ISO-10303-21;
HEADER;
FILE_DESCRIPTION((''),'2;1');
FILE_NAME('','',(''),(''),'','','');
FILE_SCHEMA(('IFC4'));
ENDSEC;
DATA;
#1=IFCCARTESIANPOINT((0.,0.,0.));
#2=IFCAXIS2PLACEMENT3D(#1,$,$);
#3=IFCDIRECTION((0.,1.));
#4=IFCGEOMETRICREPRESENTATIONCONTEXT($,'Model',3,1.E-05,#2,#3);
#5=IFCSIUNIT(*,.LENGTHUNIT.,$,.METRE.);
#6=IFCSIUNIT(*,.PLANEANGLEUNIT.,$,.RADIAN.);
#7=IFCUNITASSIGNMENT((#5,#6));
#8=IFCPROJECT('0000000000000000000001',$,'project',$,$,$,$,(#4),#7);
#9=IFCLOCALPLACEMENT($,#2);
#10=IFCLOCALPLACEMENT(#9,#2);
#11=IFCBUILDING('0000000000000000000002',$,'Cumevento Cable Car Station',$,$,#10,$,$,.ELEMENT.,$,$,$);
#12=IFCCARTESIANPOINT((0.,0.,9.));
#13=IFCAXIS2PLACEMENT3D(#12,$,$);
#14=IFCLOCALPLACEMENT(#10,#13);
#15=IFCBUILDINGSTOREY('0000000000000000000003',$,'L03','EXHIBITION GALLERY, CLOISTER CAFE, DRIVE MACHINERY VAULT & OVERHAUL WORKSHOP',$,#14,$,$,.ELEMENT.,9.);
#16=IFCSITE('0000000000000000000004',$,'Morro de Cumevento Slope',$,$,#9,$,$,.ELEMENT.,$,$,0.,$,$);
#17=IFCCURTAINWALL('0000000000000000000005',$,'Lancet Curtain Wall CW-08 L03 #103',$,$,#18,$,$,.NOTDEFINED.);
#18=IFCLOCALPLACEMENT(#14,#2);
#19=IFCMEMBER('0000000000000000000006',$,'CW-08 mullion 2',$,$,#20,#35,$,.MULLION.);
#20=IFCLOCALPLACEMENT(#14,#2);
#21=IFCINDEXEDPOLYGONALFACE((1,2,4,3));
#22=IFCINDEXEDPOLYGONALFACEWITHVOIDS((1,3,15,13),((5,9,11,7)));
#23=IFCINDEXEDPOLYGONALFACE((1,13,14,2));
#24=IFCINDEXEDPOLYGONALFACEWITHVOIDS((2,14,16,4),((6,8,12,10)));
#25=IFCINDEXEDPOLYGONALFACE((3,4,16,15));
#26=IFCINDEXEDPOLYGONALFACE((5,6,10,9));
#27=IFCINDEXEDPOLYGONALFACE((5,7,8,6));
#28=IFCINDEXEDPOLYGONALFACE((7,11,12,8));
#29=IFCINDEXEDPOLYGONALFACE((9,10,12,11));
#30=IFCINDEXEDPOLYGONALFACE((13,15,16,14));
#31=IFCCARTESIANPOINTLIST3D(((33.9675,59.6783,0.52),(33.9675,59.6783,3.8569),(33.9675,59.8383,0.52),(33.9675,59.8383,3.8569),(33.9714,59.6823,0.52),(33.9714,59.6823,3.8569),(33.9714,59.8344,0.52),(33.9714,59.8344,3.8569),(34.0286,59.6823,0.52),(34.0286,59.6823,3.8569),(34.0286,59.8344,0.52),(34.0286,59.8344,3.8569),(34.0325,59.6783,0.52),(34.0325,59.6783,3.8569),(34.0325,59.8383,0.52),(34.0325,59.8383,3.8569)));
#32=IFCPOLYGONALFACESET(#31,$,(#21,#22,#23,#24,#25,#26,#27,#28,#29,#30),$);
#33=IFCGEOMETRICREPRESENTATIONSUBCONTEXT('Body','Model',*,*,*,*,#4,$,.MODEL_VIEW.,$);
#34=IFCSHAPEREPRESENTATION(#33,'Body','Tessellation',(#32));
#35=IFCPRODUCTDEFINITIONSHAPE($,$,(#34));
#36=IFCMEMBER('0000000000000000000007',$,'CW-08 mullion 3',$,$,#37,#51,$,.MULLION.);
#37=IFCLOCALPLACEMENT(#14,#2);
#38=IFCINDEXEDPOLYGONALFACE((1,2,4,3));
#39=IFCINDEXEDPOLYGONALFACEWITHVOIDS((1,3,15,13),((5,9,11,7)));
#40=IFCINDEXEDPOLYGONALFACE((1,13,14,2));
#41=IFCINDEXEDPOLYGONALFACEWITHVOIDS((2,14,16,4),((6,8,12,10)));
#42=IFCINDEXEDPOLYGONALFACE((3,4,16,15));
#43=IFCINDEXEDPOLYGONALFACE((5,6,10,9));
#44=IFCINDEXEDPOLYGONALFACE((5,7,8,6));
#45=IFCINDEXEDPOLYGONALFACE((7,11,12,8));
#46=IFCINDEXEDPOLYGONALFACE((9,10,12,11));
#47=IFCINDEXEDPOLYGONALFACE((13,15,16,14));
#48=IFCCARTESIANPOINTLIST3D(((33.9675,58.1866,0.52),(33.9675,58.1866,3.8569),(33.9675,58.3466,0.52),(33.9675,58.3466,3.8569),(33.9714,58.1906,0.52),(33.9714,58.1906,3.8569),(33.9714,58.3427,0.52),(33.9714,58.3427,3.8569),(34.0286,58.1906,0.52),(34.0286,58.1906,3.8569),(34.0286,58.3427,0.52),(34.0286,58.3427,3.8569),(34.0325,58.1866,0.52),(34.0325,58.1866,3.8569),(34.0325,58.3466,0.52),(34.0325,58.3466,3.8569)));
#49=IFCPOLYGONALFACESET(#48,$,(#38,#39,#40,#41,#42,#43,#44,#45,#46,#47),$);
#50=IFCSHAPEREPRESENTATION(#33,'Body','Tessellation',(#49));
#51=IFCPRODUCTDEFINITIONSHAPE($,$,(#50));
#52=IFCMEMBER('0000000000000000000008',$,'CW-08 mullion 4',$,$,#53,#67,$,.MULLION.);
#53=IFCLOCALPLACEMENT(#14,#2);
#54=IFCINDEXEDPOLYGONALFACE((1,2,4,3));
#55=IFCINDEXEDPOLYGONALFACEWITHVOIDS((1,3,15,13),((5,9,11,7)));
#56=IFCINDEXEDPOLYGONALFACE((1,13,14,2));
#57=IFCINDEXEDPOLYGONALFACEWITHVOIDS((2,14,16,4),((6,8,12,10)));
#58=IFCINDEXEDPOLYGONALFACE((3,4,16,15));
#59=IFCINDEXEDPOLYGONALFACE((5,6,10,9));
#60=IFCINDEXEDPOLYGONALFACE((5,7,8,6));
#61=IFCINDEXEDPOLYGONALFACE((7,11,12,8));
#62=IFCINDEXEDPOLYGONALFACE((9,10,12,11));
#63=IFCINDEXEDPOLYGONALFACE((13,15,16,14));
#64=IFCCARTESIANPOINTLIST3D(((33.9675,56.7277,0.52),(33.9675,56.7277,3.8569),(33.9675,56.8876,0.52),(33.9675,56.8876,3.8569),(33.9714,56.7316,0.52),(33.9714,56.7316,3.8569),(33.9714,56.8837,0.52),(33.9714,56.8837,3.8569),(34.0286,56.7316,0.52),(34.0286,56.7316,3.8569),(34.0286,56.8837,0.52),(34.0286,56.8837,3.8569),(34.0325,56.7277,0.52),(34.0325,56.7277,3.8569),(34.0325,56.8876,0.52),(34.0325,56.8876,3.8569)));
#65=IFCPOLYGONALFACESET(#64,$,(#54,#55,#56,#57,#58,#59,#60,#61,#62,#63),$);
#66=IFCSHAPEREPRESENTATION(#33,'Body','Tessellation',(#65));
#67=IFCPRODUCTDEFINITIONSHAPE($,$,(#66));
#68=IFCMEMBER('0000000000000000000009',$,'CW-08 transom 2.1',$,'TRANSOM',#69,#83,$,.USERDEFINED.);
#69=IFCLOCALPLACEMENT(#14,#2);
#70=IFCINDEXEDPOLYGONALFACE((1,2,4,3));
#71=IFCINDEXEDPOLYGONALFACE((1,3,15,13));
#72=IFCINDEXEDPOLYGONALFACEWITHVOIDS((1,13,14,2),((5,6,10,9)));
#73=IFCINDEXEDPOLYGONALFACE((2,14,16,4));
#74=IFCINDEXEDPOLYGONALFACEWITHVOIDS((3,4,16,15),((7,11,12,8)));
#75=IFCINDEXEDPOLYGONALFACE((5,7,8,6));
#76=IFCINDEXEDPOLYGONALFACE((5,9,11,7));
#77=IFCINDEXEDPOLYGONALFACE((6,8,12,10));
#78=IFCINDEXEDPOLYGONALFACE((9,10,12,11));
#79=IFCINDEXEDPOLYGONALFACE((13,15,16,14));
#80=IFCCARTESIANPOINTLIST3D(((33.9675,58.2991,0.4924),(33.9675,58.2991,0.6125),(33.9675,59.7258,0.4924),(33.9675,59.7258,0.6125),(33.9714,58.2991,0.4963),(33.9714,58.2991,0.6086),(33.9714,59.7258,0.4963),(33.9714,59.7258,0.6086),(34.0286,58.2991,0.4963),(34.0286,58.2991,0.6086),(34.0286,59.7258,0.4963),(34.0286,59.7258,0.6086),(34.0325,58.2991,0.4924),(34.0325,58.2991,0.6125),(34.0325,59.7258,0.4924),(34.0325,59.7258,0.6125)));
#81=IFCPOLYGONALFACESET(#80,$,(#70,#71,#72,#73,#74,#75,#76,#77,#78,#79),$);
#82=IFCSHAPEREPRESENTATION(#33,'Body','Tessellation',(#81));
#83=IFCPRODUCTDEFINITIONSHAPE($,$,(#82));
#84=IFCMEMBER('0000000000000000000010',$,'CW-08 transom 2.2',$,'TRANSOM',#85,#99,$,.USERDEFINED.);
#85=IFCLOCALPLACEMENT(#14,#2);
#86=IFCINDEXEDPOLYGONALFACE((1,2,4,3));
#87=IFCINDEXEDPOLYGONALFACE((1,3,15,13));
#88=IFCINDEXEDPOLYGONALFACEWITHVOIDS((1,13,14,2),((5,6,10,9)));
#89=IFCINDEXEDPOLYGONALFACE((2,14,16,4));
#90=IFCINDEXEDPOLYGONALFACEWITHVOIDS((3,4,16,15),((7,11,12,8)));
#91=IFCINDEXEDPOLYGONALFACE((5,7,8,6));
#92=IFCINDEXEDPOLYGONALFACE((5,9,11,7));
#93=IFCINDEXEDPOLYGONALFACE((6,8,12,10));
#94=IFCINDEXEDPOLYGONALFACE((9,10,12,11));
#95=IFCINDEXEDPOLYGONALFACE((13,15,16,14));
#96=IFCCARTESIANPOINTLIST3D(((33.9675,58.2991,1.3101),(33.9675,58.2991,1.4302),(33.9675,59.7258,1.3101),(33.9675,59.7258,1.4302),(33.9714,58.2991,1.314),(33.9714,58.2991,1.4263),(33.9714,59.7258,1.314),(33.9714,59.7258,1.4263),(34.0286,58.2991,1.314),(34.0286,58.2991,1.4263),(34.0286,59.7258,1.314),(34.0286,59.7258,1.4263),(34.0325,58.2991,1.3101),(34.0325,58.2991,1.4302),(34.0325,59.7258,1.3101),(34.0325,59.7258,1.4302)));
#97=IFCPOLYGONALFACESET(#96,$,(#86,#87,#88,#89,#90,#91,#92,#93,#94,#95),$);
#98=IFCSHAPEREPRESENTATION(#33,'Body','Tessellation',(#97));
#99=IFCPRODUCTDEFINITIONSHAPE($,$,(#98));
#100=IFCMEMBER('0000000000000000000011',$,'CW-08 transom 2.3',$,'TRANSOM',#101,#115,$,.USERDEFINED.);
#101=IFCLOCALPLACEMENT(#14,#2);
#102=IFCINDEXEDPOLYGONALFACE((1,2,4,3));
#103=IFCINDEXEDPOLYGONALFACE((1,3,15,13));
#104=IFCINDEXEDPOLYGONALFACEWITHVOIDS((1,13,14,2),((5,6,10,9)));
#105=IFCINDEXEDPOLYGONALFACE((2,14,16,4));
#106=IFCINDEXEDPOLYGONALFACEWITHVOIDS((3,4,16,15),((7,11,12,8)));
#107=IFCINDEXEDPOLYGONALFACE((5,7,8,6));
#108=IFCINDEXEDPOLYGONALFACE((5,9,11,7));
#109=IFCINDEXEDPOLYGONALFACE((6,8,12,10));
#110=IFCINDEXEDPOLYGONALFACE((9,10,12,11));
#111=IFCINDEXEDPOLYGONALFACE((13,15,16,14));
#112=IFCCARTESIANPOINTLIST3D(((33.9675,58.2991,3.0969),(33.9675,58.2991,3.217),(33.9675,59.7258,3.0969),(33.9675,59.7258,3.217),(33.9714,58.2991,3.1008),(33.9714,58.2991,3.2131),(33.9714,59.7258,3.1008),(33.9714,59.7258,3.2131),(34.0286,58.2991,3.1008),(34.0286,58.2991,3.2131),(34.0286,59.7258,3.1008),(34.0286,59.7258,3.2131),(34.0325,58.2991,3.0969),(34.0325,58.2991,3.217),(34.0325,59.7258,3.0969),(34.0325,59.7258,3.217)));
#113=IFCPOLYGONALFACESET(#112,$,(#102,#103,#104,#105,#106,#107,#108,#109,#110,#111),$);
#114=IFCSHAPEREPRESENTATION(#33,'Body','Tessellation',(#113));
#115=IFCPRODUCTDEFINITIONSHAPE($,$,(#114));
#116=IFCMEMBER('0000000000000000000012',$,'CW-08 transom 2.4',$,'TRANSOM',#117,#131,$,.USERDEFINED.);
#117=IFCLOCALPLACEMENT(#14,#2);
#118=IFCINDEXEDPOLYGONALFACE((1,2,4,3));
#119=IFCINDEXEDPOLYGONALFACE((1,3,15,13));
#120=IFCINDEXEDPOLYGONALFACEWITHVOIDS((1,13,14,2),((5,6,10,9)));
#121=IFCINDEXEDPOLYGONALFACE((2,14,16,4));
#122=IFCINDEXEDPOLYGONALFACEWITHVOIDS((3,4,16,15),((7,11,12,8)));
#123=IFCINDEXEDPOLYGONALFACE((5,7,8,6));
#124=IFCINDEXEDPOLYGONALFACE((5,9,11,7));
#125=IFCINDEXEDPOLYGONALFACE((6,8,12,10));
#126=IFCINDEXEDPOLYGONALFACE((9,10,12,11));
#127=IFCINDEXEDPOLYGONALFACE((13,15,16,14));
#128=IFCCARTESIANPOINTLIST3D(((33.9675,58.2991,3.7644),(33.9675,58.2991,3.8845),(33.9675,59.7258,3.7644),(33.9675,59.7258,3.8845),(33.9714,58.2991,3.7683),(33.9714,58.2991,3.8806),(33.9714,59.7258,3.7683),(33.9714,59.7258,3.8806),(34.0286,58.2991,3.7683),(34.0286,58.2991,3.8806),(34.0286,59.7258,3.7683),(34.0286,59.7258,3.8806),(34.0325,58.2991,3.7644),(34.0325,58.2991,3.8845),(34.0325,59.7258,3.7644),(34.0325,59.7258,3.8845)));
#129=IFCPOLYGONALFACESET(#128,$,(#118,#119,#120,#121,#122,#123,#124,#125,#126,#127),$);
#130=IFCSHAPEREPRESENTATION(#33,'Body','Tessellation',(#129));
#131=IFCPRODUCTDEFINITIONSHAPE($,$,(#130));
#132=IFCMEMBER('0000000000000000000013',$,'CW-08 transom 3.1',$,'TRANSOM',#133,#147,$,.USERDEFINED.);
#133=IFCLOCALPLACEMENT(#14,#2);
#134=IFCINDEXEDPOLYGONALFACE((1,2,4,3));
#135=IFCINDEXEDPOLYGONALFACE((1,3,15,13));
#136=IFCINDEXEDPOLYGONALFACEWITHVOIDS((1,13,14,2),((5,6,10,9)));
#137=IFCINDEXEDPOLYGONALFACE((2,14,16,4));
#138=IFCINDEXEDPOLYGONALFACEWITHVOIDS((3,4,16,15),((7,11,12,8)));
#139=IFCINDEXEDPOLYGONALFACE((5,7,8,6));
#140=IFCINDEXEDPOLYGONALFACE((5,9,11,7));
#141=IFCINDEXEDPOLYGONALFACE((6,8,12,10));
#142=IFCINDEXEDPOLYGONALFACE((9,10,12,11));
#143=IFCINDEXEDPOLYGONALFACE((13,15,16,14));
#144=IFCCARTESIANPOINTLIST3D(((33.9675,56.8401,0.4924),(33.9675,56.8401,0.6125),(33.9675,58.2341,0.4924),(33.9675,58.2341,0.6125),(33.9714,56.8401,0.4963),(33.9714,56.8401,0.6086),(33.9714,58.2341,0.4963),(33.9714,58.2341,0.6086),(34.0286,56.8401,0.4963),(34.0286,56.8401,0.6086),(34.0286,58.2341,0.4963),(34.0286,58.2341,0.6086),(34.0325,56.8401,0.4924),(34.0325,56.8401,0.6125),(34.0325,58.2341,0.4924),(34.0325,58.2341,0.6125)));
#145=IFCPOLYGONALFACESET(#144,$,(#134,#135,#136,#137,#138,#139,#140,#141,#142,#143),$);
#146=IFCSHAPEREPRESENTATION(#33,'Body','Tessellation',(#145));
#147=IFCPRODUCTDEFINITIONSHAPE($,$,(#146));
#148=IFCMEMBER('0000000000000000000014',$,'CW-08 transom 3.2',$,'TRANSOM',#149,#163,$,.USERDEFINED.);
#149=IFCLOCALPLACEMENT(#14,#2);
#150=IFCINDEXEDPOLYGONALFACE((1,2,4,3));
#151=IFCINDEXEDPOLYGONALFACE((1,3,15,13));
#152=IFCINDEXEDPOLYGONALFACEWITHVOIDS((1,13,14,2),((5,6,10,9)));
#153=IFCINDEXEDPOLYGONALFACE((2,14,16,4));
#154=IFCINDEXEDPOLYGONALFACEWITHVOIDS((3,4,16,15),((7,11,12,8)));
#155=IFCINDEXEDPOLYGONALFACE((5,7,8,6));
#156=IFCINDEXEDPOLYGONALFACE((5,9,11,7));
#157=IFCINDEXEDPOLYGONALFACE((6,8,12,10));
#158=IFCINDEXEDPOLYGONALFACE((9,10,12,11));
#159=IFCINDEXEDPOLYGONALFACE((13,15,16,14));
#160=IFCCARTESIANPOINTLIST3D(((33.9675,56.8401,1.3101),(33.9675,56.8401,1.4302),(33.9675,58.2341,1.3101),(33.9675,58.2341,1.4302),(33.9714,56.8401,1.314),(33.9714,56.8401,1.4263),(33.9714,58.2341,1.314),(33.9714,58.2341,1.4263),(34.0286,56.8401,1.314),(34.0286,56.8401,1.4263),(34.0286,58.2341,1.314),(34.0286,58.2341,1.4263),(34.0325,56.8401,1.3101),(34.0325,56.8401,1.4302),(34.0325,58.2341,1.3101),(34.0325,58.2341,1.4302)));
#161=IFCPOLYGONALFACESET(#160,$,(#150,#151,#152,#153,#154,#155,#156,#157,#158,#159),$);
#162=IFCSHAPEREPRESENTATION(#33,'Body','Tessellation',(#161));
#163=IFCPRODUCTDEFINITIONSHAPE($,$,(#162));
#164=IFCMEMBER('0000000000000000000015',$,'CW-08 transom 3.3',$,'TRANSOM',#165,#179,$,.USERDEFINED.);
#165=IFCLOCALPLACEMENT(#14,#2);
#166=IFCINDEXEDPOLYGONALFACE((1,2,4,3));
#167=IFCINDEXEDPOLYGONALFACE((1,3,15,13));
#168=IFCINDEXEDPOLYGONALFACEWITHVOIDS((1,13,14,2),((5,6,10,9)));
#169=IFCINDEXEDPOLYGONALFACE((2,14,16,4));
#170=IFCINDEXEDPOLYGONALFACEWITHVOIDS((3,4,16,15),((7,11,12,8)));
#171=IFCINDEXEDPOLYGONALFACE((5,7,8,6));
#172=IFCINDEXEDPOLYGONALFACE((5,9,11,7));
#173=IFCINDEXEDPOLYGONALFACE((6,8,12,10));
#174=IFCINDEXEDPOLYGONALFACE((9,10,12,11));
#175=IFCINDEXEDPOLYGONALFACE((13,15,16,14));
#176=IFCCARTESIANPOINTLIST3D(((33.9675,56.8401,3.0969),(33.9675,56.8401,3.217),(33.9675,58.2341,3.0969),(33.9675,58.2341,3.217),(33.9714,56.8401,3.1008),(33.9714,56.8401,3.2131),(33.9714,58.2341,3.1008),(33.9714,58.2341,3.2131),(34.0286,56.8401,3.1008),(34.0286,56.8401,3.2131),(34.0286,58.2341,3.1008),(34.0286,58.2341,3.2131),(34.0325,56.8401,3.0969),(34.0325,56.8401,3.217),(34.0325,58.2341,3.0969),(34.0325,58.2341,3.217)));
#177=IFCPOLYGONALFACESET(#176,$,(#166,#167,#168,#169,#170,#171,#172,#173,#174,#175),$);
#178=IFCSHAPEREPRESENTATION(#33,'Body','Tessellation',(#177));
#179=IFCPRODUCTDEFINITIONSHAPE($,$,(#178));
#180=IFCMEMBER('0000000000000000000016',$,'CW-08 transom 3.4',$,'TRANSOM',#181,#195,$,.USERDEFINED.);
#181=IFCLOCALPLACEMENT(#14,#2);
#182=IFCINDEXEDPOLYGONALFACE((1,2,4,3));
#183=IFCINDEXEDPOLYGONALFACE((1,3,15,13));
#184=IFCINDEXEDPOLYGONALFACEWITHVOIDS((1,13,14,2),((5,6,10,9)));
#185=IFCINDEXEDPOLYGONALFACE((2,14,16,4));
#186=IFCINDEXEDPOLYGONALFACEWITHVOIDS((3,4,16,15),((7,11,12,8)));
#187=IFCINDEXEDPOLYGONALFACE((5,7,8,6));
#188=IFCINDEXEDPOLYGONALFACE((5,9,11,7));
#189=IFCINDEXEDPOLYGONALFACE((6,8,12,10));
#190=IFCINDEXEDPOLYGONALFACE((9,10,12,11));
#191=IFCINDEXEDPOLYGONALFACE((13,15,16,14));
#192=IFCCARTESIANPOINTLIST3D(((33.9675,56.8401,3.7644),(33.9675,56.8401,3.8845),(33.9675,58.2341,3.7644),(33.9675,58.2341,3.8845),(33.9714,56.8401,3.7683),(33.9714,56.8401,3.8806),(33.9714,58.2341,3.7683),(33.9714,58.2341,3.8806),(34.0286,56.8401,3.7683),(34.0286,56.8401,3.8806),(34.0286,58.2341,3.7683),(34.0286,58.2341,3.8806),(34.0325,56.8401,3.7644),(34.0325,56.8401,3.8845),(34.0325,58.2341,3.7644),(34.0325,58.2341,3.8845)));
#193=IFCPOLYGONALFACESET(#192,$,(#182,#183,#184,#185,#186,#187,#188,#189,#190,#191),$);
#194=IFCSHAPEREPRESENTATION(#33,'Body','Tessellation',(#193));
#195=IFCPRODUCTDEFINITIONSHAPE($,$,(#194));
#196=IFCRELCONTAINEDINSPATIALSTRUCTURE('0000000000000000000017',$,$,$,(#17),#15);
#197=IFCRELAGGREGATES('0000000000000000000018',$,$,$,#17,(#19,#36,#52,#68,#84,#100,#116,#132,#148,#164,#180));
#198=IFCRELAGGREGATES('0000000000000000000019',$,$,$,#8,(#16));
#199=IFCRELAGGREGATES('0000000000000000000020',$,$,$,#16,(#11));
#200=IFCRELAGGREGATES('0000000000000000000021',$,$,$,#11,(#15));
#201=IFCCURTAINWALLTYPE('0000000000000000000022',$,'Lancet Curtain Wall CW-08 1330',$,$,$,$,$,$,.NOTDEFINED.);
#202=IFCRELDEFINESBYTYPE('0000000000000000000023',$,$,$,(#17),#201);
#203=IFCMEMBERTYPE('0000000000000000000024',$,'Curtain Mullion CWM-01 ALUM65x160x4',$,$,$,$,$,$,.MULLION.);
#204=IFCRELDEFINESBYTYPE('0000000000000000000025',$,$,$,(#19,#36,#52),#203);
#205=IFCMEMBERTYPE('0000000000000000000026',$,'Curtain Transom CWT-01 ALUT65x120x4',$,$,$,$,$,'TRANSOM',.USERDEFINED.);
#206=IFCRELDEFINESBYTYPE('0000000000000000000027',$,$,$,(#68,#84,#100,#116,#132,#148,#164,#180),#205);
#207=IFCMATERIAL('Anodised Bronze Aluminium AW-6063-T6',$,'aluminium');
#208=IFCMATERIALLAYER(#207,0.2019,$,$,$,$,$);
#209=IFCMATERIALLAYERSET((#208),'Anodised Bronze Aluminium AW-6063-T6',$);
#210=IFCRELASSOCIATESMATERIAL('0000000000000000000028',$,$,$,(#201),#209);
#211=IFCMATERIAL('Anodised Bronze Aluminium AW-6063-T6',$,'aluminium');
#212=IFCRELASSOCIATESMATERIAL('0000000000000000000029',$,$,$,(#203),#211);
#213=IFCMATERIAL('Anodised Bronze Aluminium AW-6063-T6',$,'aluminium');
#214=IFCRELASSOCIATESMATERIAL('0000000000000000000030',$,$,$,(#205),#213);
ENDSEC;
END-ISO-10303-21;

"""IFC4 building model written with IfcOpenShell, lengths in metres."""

from ifc_helpers import new_model, si_unit, direction, frame, origin, origin_2d, place, context, subcontext, project, spatial, hollow_rectangle, extrude, material, layer, layer_set, material_profile, profile_set, type_object, element, aggregate, save


model = new_model("IFC4")

# Units and contexts
model_context = context("Model", 3, precision=1e-05, world=origin(), true_north=direction((0.0, 1.0)))
body_context = subcontext(model_context, "Body", "Model", "MODEL_VIEW")
ifc_project = project(units=[si_unit("LENGTHUNIT", "METRE"), si_unit("PLANEANGLEUNIT", "RADIAN")], contexts=[model_context])

# Site, building, storey
site_placement = place(None, origin())
site = spatial("IfcSite", under=ifc_project, at=site_placement, Name="Morro de Cumevento Slope", CompositionType="ELEMENT", RefElevation=0.0)
building_placement = place(site_placement, origin())
building = spatial("IfcBuilding", under=site, at=building_placement, Name="Cumevento Cable Car Station", CompositionType="ELEMENT")
storey_placement = place(building_placement, frame((0.0, 0.0, 9.0)))
storey = spatial("IfcBuildingStorey", under=building, at=storey_placement, Name="L03", Description="EXHIBITION GALLERY, CLOISTER CAFE, DRIVE MACHINERY VAULT & OVERHAUL WORKSHOP", CompositionType="ELEMENT", Elevation=9.0)

# Curtain wall, members
ifc_material_1 = material(Name="Anodised Bronze Aluminium AW-6063-T6", Category="aluminium")
ifc_layer_1 = layer(ifc_material_1, 0.2019)
ifc_layer_set_1 = layer_set([ifc_layer_1], Name="Anodised Bronze Aluminium AW-6063-T6")
curtain_wall_type = type_object("IfcCurtainWallType", Name="Lancet Curtain Wall CW-08 1330", PredefinedType="NOTDEFINED", material=ifc_layer_set_1)
curtain_wall_placement = place(storey_placement, origin())
curtain_wall = element("IfcCurtainWall", 1, at=curtain_wall_placement, inside=storey, type_object=curtain_wall_type, Name="Lancet Curtain Wall CW-08 L03 #103", PredefinedType="NOTDEFINED")
ifc_material_2 = material(Name="Anodised Bronze Aluminium AW-6063-T6", Category="aluminium")
ifc_material_profile_1 = material_profile(ifc_material_2, hollow_rectangle(XDim=0.0649, YDim=0.1599, WallThickness=0.0039, at=origin_2d()), Name="ALUM65x160x4")
ifc_profile_set_1 = profile_set([ifc_material_profile_1], Name="Anodised Bronze Aluminium AW-6063-T6")
member_type_1 = type_object("IfcMemberType", Name="Curtain Mullion CWM-01 ALUM65x160x4", PredefinedType="MULLION", material=ifc_profile_set_1)
member_1_placement = place(storey_placement, frame((34.0, 59.7583, 0.52), z_axis=(0.0, 0.0, 1.0), x_axis=(1.0, 0.0, 0.0)))
member_1 = element("IfcMember", 2, at=member_1_placement, type_object=member_type_1, Name="CW-08 mullion 2", PredefinedType="MULLION", context=body_context, shape_type="SweptSolid", body=[
    extrude(hollow_rectangle(XDim=0.0649, YDim=0.1599, WallThickness=0.0039, at=origin_2d()), origin(), (0.0, 0.0, 1.0), 3.3369),
])
member_2_placement = place(storey_placement, frame((34.0, 58.2666, 0.52), z_axis=(0.0, 0.0, 1.0), x_axis=(1.0, 0.0, 0.0)))
member_2 = element("IfcMember", 3, at=member_2_placement, type_object=member_type_1, Name="CW-08 mullion 3", PredefinedType="MULLION", context=body_context, shape_type="SweptSolid", body=[
    extrude(hollow_rectangle(XDim=0.0649, YDim=0.1599, WallThickness=0.0039, at=origin_2d()), origin(), (0.0, 0.0, 1.0), 3.3369),
])
member_3_placement = place(storey_placement, frame((34.0, 56.8076, 0.52), z_axis=(0.0, 0.0, 1.0), x_axis=(1.0, 0.0, 0.0)))
member_3 = element("IfcMember", 4, at=member_3_placement, type_object=member_type_1, Name="CW-08 mullion 4", PredefinedType="MULLION", context=body_context, shape_type="SweptSolid", body=[
    extrude(hollow_rectangle(XDim=0.0649, YDim=0.1599, WallThickness=0.0039, at=origin_2d()), origin(), (0.0, 0.0, 1.0), 3.3369),
])
ifc_material_3 = material(Name="Anodised Bronze Aluminium AW-6063-T6", Category="aluminium")
ifc_material_profile_2 = material_profile(ifc_material_3, hollow_rectangle(XDim=0.0649, YDim=0.1201, WallThickness=0.0039, at=origin_2d()), Name="ALUT65x120x4")
ifc_profile_set_2 = profile_set([ifc_material_profile_2], Name="Anodised Bronze Aluminium AW-6063-T6")
member_type_2 = type_object("IfcMemberType", Name="Curtain Transom CWT-01 ALUT65x120x4", ElementType="TRANSOM", PredefinedType="USERDEFINED", material=ifc_profile_set_2)
member_4_placement = place(storey_placement, frame((34.0, 59.7258, 0.5525), z_axis=(0.0, -1.0, 0.0), x_axis=(1.0, 0.0, 0.0)))
member_4 = element("IfcMember", 5, at=member_4_placement, type_object=member_type_2, Name="CW-08 transom 2.1", ObjectType="TRANSOM", PredefinedType="USERDEFINED", context=body_context, shape_type="SweptSolid", body=[
    extrude(hollow_rectangle(XDim=0.0649, YDim=0.1201, WallThickness=0.0039, at=origin_2d()), origin(), (0.0, 0.0, 1.0), 1.4268),
])
member_5_placement = place(storey_placement, frame((34.0, 59.7258, 1.3701), z_axis=(0.0, -1.0, 0.0), x_axis=(1.0, 0.0, 0.0)))
member_5 = element("IfcMember", 6, at=member_5_placement, type_object=member_type_2, Name="CW-08 transom 2.2", ObjectType="TRANSOM", PredefinedType="USERDEFINED", context=body_context, shape_type="SweptSolid", body=[
    extrude(hollow_rectangle(XDim=0.0649, YDim=0.1201, WallThickness=0.0039, at=origin_2d()), origin(), (0.0, 0.0, 1.0), 1.4268),
])
member_6_placement = place(storey_placement, frame((34.0, 59.7258, 3.157), z_axis=(0.0, -1.0, 0.0), x_axis=(1.0, 0.0, 0.0)))
member_6 = element("IfcMember", 7, at=member_6_placement, type_object=member_type_2, Name="CW-08 transom 2.3", ObjectType="TRANSOM", PredefinedType="USERDEFINED", context=body_context, shape_type="SweptSolid", body=[
    extrude(hollow_rectangle(XDim=0.0649, YDim=0.1201, WallThickness=0.0039, at=origin_2d()), origin(), (0.0, 0.0, 1.0), 1.4268),
])
member_7_placement = place(storey_placement, frame((34.0, 59.7258, 3.8245), z_axis=(0.0, -1.0, 0.0), x_axis=(1.0, 0.0, 0.0)))
member_7 = element("IfcMember", 8, at=member_7_placement, type_object=member_type_2, Name="CW-08 transom 2.4", ObjectType="TRANSOM", PredefinedType="USERDEFINED", context=body_context, shape_type="SweptSolid", body=[
    extrude(hollow_rectangle(XDim=0.0649, YDim=0.1201, WallThickness=0.0039, at=origin_2d()), origin(), (0.0, 0.0, 1.0), 1.4268),
])
member_8_placement = place(storey_placement, frame((34.0, 58.2341, 0.5525), z_axis=(0.0, -1.0, 0.0), x_axis=(1.0, 0.0, 0.0)))
member_8 = element("IfcMember", 9, at=member_8_placement, type_object=member_type_2, Name="CW-08 transom 3.1", ObjectType="TRANSOM", PredefinedType="USERDEFINED", context=body_context, shape_type="SweptSolid", body=[
    extrude(hollow_rectangle(XDim=0.0649, YDim=0.1201, WallThickness=0.0039, at=origin_2d()), origin(), (0.0, 0.0, 1.0), 1.394),
])
member_9_placement = place(storey_placement, frame((34.0, 58.2341, 1.3701), z_axis=(0.0, -1.0, 0.0), x_axis=(1.0, 0.0, 0.0)))
member_9 = element("IfcMember", 10, at=member_9_placement, type_object=member_type_2, Name="CW-08 transom 3.2", ObjectType="TRANSOM", PredefinedType="USERDEFINED", context=body_context, shape_type="SweptSolid", body=[
    extrude(hollow_rectangle(XDim=0.0649, YDim=0.1201, WallThickness=0.0039, at=origin_2d()), origin(), (0.0, 0.0, 1.0), 1.394),
])
member_10_placement = place(storey_placement, frame((34.0, 58.2341, 3.157), z_axis=(0.0, -1.0, 0.0), x_axis=(1.0, 0.0, 0.0)))
member_10 = element("IfcMember", 11, at=member_10_placement, type_object=member_type_2, Name="CW-08 transom 3.3", ObjectType="TRANSOM", PredefinedType="USERDEFINED", context=body_context, shape_type="SweptSolid", body=[
    extrude(hollow_rectangle(XDim=0.0649, YDim=0.1201, WallThickness=0.0039, at=origin_2d()), origin(), (0.0, 0.0, 1.0), 1.394),
])
member_11_placement = place(storey_placement, frame((34.0, 58.2341, 3.8245), z_axis=(0.0, -1.0, 0.0), x_axis=(1.0, 0.0, 0.0)))
member_11 = element("IfcMember", 12, at=member_11_placement, type_object=member_type_2, Name="CW-08 transom 3.4", ObjectType="TRANSOM", PredefinedType="USERDEFINED", context=body_context, shape_type="SweptSolid", body=[
    extrude(hollow_rectangle(XDim=0.0649, YDim=0.1201, WallThickness=0.0039, at=origin_2d()), origin(), (0.0, 0.0, 1.0), 1.394),
])

aggregate(curtain_wall, [member_1, member_2, member_3, member_4, member_5, member_6, member_7, member_8, member_9, member_10, member_11])

save(model, "model.ifc")
